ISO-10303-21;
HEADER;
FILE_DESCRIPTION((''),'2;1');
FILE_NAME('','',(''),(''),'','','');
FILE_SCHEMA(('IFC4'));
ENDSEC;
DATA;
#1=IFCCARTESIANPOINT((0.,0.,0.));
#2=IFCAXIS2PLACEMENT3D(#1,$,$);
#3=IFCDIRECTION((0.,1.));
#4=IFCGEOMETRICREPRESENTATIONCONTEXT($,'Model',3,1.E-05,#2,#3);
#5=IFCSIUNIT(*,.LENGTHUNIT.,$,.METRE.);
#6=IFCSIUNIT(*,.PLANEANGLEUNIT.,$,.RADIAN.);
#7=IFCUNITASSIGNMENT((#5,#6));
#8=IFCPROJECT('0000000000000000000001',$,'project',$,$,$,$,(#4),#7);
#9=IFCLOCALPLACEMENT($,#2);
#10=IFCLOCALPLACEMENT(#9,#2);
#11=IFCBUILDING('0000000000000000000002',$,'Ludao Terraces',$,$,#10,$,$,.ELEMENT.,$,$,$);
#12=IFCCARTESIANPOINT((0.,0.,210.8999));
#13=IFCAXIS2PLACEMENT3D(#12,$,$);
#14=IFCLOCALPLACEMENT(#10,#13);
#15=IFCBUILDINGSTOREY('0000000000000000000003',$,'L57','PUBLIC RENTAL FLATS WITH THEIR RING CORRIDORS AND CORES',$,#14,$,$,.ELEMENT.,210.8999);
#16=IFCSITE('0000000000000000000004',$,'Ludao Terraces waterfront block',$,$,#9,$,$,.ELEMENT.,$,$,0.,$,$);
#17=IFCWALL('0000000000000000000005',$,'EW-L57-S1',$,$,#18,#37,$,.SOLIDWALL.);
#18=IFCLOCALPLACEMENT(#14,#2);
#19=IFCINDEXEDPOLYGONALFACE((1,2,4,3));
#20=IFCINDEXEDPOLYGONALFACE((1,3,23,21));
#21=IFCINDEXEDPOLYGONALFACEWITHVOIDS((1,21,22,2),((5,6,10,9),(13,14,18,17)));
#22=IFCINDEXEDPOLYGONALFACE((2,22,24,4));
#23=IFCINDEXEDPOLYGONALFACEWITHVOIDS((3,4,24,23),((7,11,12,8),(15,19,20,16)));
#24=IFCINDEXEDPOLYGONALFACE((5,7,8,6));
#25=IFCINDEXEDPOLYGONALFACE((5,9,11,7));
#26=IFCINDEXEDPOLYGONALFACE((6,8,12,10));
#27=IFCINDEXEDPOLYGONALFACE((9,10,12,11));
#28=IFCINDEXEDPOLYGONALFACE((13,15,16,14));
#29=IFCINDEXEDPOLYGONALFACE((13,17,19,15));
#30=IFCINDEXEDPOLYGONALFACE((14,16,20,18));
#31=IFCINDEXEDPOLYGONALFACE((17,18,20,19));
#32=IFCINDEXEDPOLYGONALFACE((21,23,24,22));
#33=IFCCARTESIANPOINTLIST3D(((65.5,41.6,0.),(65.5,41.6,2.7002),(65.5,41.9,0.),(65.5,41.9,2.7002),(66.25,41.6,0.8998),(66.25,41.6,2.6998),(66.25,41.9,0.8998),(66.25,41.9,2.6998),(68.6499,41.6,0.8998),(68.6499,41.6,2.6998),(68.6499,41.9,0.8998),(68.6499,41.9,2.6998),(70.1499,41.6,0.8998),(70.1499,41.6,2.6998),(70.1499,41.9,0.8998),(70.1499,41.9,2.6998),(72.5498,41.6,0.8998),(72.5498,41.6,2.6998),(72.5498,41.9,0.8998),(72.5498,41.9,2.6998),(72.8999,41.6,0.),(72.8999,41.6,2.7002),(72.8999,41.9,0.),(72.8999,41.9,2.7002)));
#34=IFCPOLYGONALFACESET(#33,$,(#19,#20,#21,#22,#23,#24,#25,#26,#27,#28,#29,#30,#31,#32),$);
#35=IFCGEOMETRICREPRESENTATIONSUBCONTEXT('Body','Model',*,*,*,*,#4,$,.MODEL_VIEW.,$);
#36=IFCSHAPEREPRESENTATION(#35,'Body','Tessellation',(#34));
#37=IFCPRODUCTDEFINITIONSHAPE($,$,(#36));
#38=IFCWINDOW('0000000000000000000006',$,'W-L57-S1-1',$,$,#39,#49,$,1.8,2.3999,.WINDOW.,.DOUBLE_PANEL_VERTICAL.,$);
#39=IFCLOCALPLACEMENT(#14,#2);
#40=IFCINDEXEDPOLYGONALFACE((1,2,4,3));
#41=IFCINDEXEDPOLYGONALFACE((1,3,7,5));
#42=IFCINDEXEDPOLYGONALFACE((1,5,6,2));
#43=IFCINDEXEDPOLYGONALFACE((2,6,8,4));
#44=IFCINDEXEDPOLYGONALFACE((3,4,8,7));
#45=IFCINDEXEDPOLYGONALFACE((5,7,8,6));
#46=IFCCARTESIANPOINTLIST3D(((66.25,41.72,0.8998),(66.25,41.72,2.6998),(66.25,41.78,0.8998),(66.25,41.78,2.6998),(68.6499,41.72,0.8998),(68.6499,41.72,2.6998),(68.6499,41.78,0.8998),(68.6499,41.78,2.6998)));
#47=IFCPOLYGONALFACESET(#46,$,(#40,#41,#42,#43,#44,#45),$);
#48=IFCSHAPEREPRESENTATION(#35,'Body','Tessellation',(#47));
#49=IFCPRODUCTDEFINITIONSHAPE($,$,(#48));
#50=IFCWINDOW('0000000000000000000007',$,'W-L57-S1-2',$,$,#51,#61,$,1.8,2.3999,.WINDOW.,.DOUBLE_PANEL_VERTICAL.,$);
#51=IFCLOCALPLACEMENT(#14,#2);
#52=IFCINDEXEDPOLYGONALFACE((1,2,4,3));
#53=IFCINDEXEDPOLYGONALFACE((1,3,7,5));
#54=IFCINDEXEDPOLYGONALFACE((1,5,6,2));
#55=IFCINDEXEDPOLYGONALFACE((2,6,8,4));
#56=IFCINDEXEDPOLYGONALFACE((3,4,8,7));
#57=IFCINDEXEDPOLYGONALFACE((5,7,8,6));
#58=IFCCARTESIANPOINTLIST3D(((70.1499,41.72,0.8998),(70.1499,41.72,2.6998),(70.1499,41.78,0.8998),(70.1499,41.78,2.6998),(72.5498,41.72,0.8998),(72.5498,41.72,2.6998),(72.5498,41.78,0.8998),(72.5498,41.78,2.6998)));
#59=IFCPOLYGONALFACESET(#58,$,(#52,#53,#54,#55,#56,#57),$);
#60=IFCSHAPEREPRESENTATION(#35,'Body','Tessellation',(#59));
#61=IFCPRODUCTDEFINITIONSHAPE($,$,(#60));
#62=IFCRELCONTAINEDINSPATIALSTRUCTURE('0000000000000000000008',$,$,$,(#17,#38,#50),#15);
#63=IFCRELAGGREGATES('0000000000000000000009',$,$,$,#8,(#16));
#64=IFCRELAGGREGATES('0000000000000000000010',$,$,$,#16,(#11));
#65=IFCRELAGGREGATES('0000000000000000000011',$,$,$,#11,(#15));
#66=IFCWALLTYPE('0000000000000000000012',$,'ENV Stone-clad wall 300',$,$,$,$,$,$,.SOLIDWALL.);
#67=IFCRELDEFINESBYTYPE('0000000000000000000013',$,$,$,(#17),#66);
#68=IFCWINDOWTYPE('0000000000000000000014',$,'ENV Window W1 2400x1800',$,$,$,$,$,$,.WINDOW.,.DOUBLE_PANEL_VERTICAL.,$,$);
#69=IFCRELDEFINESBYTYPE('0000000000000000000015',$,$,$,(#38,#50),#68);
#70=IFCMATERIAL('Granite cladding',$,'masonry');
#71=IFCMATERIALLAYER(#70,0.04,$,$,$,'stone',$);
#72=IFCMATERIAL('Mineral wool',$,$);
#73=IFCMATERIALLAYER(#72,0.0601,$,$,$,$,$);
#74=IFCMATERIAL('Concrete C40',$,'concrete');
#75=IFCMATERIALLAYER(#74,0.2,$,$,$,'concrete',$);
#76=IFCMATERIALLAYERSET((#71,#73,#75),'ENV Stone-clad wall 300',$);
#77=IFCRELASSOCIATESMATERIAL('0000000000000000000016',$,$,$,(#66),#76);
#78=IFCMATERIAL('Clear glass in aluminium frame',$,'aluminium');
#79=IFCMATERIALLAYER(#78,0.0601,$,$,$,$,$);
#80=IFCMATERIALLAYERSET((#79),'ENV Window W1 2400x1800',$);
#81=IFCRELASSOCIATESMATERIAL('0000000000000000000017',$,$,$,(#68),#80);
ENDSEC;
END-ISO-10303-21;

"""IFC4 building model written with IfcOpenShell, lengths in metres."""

from ifc_helpers import new_model, si_unit, direction, frame, frame_2d, origin, place, context, subcontext, project, spatial, rectangle, extrude, material, layer, layer_set, type_object, element, fill, save


model = new_model("IFC4")

# Units and contexts
model_context = context("Model", 3, precision=1e-05, world=origin(), true_north=direction((0.0, 1.0)))
body_context = subcontext(model_context, "Body", "Model", "MODEL_VIEW")
ifc_project = project(units=[si_unit("LENGTHUNIT", "METRE"), si_unit("PLANEANGLEUNIT", "RADIAN")], contexts=[model_context])

# Site, building, storey
site_placement = place(None, origin())
site = spatial("IfcSite", under=ifc_project, at=site_placement, Name="Ludao Terraces waterfront block", CompositionType="ELEMENT", RefElevation=0.0)
building_placement = place(site_placement, origin())
building = spatial("IfcBuilding", under=site, at=building_placement, Name="Ludao Terraces", CompositionType="ELEMENT")
storey_placement = place(building_placement, frame((0.0, 0.0, 210.8999)))
storey = spatial("IfcBuildingStorey", under=building, at=storey_placement, Name="L57", Description="PUBLIC RENTAL FLATS WITH THEIR RING CORRIDORS AND CORES", CompositionType="ELEMENT", Elevation=210.8999)

# Wall, openings, windows
ifc_material_1 = material(Name="Granite cladding", Category="masonry")
ifc_layer_1 = layer(ifc_material_1, 0.04, Category="stone")
ifc_material_2 = material(Name="Mineral wool")
ifc_layer_2 = layer(ifc_material_2, 0.0601)
ifc_material_3 = material(Name="Concrete C40", Category="concrete")
ifc_layer_3 = layer(ifc_material_3, 0.2, Category="concrete")
ifc_layer_set_1 = layer_set([ifc_layer_1, ifc_layer_2, ifc_layer_3], Name="ENV Stone-clad wall 300")
wall_type_1 = type_object("IfcWallType", Name="ENV Stone-clad wall 300", PredefinedType="SOLIDWALL", material=ifc_layer_set_1)
wall_1_placement = place(storey_placement, frame((65.5, 41.75, 0.0), z_axis=(0.0, 0.0, 1.0), x_axis=(1.0, 0.0, 0.0)))
wall_1 = element("IfcWall", 1, at=wall_1_placement, inside=storey, type_object=wall_type_1, Name="EW-L57-S1", PredefinedType="SOLIDWALL", context=body_context, shape_type="SweptSolid", body=[
    extrude(rectangle(XDim=7.3999, YDim=0.3, at=frame_2d((3.7, 0.0))), origin(), (0.0, 0.0, 1.0), 2.7002),
])
opening_1_placement = place(wall_1_placement, frame((0.75, 0.0, 0.8999)))
opening_1 = element("IfcOpeningElement", 2, at=opening_1_placement, cuts=wall_1, PredefinedType="OPENING", context=body_context, shape_type="SweptSolid", body=[
    extrude(rectangle(XDim=2.3999, YDim=1.8, at=frame_2d((1.2, 0.8999))), frame((0.0, 0.1602, 0.0), z_axis=(0.0, -1.0, 0.0), x_axis=(1.0, 0.0, 0.0)), (0.0, 0.0, 1.0), 0.3201),
])
opening_2_placement = place(wall_1_placement, frame((4.6499, 0.0, 0.8999)))
opening_2 = element("IfcOpeningElement", 3, at=opening_2_placement, cuts=wall_1, PredefinedType="OPENING", context=body_context, shape_type="SweptSolid", body=[
    extrude(rectangle(XDim=2.3999, YDim=1.8, at=frame_2d((1.2, 0.8999))), frame((0.0, 0.1602, 0.0), z_axis=(0.0, -1.0, 0.0), x_axis=(1.0, 0.0, 0.0)), (0.0, 0.0, 1.0), 0.3201),
])
ifc_material_4 = material(Name="Clear glass in aluminium frame", Category="aluminium")
ifc_layer_4 = layer(ifc_material_4, 0.0601)
ifc_layer_set_2 = layer_set([ifc_layer_4], Name="ENV Window W1 2400x1800")
window_type = type_object("IfcWindowType", Name="ENV Window W1 2400x1800", PartitioningType="DOUBLE_PANEL_VERTICAL", PredefinedType="WINDOW", material=ifc_layer_set_2)
window_1_placement = place(opening_1_placement, origin())
window_1 = element("IfcWindow", 4, at=window_1_placement, inside=storey, type_object=window_type, Name="W-L57-S1-1", OverallHeight=1.8, OverallWidth=2.3999, PartitioningType="DOUBLE_PANEL_VERTICAL", PredefinedType="WINDOW", context=body_context, shape_type="SweptSolid", body=[
    extrude(rectangle(XDim=2.3999, YDim=1.8, at=frame_2d((1.2, 0.8999))), frame((0.0, 0.03, 0.0), z_axis=(0.0, -1.0, 0.0), x_axis=(1.0, 0.0, 0.0)), (0.0, 0.0, 1.0), 0.0601),
])
fill(opening_1, window_1)
window_2_placement = place(opening_2_placement, origin())
window_2 = element("IfcWindow", 5, at=window_2_placement, inside=storey, type_object=window_type, Name="W-L57-S1-2", OverallHeight=1.8, OverallWidth=2.3999, PartitioningType="DOUBLE_PANEL_VERTICAL", PredefinedType="WINDOW", context=body_context, shape_type="SweptSolid", body=[
    extrude(rectangle(XDim=2.3999, YDim=1.8, at=frame_2d((1.2, 0.8999))), frame((0.0, 0.03, 0.0), z_axis=(0.0, -1.0, 0.0), x_axis=(1.0, 0.0, 0.0)), (0.0, 0.0, 1.0), 0.0601),
])
fill(opening_2, window_2)

save(model, "model.ifc")
